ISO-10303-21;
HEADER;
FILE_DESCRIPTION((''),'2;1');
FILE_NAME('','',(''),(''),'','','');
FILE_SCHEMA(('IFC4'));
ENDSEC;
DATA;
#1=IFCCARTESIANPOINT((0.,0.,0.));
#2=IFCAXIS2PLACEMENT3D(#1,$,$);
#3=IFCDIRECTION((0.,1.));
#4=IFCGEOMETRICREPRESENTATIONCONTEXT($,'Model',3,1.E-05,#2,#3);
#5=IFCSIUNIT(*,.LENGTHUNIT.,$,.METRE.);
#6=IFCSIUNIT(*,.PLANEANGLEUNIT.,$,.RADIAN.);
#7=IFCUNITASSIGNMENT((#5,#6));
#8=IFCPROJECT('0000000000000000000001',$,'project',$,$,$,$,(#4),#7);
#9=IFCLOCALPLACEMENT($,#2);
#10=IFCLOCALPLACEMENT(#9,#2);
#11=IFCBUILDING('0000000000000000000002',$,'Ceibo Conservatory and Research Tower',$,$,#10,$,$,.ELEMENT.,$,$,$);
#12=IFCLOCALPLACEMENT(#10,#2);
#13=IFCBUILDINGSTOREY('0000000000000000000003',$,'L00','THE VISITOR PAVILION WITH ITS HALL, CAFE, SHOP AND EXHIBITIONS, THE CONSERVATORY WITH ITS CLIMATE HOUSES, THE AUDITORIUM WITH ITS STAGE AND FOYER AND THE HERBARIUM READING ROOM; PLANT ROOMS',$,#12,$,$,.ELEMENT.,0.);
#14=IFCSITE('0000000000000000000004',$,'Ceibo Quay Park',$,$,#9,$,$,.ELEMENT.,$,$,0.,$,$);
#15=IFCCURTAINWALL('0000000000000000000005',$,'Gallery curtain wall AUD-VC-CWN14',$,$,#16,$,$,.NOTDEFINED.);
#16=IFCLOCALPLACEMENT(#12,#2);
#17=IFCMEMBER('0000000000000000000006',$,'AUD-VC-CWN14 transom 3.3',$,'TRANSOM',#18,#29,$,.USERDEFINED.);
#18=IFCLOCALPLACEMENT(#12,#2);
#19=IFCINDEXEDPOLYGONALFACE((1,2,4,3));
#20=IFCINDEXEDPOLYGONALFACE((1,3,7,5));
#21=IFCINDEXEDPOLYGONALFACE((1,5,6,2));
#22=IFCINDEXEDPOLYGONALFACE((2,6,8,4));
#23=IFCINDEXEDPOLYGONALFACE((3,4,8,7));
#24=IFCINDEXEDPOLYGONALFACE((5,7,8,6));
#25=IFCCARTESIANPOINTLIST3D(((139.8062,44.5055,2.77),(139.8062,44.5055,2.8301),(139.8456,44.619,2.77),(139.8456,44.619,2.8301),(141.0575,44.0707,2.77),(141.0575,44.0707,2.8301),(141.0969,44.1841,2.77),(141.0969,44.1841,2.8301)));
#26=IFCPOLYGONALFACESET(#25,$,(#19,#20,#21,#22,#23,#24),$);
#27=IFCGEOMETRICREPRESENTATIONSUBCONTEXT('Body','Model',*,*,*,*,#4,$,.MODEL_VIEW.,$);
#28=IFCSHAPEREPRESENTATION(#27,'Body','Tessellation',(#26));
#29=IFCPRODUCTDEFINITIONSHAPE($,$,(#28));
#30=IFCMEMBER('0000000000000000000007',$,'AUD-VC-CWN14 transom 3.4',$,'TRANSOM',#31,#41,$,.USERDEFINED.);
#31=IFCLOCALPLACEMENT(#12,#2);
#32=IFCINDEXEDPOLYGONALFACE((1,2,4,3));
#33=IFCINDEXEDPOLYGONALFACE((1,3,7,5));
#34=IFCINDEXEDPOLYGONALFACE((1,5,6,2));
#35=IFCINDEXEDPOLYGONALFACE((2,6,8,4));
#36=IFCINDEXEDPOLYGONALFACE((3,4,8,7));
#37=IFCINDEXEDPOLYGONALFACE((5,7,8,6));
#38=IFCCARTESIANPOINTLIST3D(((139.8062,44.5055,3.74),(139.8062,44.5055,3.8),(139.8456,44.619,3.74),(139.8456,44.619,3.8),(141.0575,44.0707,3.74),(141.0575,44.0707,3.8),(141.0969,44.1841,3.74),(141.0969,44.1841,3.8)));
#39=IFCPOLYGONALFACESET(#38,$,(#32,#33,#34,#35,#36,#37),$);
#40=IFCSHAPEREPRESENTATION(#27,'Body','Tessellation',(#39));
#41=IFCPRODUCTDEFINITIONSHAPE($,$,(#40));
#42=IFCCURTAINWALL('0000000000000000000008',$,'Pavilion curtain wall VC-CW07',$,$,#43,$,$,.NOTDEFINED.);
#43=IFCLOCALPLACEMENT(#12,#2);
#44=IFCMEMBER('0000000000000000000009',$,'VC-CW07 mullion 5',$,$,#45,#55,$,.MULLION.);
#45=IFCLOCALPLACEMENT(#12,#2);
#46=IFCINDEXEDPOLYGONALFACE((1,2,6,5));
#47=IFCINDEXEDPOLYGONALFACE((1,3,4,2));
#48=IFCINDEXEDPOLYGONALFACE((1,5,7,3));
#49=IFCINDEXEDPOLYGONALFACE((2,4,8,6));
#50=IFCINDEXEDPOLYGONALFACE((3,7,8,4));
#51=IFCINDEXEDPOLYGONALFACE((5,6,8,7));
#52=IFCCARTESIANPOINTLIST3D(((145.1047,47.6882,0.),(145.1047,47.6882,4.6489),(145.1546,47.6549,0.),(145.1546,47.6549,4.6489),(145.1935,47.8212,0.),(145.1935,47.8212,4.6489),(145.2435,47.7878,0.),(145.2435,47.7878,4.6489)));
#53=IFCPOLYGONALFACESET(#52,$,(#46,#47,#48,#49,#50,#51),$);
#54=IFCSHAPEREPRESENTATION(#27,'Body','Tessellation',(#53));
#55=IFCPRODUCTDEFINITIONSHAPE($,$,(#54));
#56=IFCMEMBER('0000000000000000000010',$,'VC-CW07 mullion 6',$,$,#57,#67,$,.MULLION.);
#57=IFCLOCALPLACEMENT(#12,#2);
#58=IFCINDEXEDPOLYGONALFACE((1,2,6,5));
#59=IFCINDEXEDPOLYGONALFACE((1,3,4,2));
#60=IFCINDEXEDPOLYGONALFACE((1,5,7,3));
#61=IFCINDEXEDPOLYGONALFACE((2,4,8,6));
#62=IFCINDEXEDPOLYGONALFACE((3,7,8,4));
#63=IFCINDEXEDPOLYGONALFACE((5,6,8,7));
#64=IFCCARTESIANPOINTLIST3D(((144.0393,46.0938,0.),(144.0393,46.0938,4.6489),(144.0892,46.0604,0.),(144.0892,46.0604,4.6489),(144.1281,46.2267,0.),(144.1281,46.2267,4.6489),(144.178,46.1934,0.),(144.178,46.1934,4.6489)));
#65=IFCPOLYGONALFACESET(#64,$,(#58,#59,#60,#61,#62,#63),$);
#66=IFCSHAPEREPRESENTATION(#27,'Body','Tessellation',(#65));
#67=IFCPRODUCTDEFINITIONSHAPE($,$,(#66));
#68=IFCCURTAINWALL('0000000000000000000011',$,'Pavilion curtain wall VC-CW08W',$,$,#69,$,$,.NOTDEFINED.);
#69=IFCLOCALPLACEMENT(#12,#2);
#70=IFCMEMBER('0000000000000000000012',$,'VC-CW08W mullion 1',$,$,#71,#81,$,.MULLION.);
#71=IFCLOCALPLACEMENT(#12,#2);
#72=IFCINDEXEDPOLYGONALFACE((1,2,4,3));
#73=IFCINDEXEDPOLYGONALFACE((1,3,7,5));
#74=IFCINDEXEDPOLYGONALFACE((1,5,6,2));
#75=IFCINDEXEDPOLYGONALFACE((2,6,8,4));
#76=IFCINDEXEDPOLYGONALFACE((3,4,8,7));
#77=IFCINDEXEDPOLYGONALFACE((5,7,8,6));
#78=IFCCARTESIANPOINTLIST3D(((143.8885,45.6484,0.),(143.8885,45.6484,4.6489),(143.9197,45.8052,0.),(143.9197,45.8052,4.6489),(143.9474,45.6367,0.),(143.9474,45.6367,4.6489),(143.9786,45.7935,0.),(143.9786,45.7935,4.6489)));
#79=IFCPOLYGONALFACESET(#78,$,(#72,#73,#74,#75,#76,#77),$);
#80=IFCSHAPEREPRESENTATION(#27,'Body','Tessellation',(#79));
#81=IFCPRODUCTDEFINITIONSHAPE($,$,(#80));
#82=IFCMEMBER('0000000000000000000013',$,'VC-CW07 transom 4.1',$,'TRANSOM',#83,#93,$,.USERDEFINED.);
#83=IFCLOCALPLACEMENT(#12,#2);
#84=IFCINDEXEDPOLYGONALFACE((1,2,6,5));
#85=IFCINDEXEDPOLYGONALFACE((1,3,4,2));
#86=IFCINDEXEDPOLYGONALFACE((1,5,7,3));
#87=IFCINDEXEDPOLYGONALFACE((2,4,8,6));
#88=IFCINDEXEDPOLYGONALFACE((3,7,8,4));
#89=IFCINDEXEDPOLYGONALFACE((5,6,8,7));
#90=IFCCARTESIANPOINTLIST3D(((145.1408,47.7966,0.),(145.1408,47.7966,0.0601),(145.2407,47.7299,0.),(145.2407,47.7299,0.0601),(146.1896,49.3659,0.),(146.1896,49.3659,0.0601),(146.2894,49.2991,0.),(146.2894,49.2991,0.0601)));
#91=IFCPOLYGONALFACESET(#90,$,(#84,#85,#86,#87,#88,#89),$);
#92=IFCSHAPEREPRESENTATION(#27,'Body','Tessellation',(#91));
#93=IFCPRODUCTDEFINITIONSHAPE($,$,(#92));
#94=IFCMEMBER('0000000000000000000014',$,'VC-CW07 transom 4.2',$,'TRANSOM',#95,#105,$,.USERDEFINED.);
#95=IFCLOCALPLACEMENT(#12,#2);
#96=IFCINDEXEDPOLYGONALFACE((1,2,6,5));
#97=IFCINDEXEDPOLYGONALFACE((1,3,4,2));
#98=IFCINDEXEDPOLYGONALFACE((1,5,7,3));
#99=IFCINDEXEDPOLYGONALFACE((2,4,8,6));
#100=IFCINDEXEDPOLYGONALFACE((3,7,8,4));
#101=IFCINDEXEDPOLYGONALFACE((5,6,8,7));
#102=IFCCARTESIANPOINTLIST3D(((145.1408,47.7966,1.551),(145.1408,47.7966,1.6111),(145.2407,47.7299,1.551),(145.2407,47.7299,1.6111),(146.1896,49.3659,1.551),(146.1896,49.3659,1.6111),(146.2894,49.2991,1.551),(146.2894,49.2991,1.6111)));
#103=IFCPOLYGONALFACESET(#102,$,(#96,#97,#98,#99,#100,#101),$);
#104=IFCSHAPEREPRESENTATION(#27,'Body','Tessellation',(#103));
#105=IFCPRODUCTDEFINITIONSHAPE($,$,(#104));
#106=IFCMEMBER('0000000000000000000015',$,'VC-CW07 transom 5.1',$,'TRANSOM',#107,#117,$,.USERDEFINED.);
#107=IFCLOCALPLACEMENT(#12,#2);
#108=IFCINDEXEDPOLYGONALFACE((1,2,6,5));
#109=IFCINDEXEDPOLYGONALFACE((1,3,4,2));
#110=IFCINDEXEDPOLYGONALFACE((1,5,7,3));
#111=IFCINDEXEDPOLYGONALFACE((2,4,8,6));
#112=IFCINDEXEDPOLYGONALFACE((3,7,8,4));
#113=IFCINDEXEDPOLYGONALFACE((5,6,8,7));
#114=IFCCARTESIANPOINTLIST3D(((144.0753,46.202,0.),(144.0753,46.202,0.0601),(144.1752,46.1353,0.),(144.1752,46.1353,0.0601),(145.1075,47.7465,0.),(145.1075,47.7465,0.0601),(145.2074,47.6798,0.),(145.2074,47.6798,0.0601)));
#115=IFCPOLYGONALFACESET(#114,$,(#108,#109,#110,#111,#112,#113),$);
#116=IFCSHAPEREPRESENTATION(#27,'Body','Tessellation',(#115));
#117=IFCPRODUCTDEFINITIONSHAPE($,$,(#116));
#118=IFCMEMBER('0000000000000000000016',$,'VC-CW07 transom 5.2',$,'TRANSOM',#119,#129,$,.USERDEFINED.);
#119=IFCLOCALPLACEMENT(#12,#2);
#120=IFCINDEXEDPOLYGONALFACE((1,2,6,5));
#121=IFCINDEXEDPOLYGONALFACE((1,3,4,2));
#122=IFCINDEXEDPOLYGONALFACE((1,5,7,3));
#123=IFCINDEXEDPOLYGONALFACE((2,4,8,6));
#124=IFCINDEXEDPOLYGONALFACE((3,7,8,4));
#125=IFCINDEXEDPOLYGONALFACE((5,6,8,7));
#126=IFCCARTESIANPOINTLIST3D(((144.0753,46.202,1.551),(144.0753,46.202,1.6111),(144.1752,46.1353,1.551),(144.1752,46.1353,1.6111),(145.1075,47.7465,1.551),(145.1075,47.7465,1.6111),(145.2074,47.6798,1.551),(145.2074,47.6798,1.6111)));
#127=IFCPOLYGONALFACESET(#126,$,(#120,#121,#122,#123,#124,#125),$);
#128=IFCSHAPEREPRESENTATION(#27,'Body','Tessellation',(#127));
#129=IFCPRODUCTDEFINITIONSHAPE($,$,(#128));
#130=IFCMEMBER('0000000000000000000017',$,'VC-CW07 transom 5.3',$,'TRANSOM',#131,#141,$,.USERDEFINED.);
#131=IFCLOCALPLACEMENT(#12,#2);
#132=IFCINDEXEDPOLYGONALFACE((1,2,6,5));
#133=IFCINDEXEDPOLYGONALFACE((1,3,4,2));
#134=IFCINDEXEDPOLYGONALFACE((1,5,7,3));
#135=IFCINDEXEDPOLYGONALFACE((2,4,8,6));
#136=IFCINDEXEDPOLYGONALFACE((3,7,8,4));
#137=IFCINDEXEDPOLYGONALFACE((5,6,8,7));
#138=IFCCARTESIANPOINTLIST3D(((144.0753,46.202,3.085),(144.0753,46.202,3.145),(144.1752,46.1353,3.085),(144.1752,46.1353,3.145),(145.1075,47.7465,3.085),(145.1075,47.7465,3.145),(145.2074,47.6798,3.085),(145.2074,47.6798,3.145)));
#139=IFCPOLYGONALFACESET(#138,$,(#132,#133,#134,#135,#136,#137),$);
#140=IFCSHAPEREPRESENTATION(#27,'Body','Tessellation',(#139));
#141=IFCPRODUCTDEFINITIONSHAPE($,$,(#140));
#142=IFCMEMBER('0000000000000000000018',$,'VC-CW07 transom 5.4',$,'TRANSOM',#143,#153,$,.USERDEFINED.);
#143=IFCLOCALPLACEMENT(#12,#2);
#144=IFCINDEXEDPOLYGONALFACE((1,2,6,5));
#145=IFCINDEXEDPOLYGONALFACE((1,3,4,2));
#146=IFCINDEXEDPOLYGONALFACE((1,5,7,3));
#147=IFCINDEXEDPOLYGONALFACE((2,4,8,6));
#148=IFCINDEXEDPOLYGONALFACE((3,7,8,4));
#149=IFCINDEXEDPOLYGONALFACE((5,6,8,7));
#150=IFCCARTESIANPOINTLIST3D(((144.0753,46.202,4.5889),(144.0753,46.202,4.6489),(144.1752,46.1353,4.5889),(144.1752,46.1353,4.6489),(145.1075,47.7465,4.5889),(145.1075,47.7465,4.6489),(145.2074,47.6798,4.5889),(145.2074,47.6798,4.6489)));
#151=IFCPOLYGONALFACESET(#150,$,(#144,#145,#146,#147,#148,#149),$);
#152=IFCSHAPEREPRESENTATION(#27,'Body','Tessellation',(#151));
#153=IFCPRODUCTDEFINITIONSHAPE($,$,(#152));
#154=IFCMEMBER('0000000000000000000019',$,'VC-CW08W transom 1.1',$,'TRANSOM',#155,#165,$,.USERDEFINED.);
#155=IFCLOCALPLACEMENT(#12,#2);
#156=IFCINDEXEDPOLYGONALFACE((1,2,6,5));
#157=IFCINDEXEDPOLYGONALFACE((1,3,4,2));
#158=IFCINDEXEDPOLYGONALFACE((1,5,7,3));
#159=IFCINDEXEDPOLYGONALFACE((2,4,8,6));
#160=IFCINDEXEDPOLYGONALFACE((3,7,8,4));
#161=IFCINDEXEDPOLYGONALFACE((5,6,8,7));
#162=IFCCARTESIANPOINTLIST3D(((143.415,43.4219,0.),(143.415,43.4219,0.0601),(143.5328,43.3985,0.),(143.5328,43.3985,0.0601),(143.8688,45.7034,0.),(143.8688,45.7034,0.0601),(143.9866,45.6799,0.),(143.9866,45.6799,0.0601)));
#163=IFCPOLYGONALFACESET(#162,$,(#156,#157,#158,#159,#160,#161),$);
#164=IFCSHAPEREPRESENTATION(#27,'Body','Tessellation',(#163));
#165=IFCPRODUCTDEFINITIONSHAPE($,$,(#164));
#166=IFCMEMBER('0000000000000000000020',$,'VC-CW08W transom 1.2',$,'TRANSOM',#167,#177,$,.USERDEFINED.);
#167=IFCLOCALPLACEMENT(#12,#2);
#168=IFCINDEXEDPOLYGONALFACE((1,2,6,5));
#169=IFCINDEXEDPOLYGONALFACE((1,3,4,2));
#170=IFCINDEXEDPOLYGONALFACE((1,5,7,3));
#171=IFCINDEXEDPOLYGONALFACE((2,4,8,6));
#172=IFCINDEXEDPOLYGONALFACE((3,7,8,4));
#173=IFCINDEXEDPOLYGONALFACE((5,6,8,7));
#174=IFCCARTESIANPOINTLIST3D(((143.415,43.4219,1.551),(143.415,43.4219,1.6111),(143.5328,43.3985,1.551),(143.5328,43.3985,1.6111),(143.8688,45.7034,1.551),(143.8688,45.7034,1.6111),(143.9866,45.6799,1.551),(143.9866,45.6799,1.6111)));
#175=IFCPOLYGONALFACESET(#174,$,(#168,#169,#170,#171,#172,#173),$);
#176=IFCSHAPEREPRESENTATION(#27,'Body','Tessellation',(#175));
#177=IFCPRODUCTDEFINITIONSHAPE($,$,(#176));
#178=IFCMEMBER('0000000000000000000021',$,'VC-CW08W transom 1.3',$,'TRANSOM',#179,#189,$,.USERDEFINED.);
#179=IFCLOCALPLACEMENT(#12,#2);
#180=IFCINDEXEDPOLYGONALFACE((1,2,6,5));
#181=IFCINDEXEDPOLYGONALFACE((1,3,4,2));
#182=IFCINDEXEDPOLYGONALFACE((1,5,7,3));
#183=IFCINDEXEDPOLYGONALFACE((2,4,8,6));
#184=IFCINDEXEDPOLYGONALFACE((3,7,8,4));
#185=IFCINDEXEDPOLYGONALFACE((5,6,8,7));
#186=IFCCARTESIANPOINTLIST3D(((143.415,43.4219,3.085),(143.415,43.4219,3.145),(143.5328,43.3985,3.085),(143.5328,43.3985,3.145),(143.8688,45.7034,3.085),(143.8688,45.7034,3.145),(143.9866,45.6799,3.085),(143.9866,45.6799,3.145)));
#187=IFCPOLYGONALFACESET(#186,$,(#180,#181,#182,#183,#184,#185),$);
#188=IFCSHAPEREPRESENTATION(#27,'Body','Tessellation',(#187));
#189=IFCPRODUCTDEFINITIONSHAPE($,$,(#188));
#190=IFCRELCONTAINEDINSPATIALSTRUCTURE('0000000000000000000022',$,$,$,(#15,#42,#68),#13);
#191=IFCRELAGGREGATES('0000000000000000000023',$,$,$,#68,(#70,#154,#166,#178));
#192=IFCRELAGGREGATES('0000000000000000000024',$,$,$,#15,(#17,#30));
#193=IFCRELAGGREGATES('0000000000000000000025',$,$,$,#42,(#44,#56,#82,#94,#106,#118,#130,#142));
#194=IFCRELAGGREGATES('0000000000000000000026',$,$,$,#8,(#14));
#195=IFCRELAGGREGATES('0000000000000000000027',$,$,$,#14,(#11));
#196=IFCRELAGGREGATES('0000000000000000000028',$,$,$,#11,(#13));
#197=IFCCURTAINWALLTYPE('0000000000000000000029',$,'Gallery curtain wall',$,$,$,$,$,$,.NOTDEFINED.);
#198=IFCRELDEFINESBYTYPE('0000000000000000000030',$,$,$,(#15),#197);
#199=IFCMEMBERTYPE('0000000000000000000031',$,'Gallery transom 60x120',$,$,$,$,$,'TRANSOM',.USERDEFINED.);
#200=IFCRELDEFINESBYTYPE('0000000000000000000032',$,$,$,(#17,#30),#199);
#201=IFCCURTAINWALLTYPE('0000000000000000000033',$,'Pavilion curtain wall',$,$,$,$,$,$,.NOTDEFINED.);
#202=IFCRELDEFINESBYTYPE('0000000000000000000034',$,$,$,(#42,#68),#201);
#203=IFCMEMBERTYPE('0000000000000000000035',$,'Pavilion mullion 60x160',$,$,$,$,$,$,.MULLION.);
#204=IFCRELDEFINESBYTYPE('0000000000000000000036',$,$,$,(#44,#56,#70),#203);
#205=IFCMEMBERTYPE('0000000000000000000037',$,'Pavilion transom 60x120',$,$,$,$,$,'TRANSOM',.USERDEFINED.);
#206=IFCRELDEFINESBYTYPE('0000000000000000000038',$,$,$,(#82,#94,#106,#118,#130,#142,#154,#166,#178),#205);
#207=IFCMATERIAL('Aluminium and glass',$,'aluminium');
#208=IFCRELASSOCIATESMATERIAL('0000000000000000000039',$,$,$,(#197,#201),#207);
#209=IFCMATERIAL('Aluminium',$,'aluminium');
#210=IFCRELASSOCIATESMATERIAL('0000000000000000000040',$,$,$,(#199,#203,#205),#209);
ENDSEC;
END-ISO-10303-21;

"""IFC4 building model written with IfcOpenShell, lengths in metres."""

from ifc_helpers import new_model, si_unit, direction, frame, origin, origin_2d, place, context, subcontext, project, spatial, rectangle, extrude, material, material_profile, profile_set, type_object, element, aggregate, save


model = new_model("IFC4")

# Units and contexts
model_context = context("Model", 3, precision=1e-05, world=origin(), true_north=direction((0.0, 1.0)))
body_context = subcontext(model_context, "Body", "Model", "MODEL_VIEW")
ifc_project = project(units=[si_unit("LENGTHUNIT", "METRE"), si_unit("PLANEANGLEUNIT", "RADIAN")], contexts=[model_context])

# Site, building, storey
site_placement = place(None, origin())
site = spatial("IfcSite", under=ifc_project, at=site_placement, Name="Ceibo Quay Park", CompositionType="ELEMENT", RefElevation=0.0)
building_placement = place(site_placement, origin())
building = spatial("IfcBuilding", under=site, at=building_placement, Name="Ceibo Conservatory and Research Tower", CompositionType="ELEMENT")
storey_placement = place(building_placement, origin())
storey = spatial("IfcBuildingStorey", under=building, at=storey_placement, Name="L00", Description="THE VISITOR PAVILION WITH ITS HALL, CAFE, SHOP AND EXHIBITIONS, THE CONSERVATORY WITH ITS CLIMATE HOUSES, THE AUDITORIUM WITH ITS STAGE AND FOYER AND THE HERBARIUM READING ROOM; PLANT ROOMS", CompositionType="ELEMENT", Elevation=0.0)

# Curtain walls, members
ifc_material_1 = material(Name="Aluminium and glass", Category="aluminium")
curtain_wall_type_1 = type_object("IfcCurtainWallType", Name="Gallery curtain wall", PredefinedType="NOTDEFINED", material=ifc_material_1)
curtain_wall_1_placement = place(storey_placement, origin())
curtain_wall_1 = element("IfcCurtainWall", 1, at=curtain_wall_1_placement, inside=storey, type_object=curtain_wall_type_1, Name="Gallery curtain wall AUD-VC-CWN14", PredefinedType="NOTDEFINED")
ifc_material_2 = material(Name="Aluminium", Category="aluminium")
ifc_material_profile_1 = material_profile(ifc_material_2, rectangle(XDim=0.1201, YDim=0.0601, at=origin_2d()), Name="AL 60x120")
ifc_profile_set_1 = profile_set([ifc_material_profile_1], Name="Aluminium")
member_type_1 = type_object("IfcMemberType", Name="Gallery transom 60x120", ElementType="TRANSOM", PredefinedType="USERDEFINED", material=ifc_profile_set_1)
member_1_placement = place(storey_placement, frame((139.8259, 44.5623, 2.8), z_axis=(0.944589, -0.328256, 0.0), x_axis=(0.328256, 0.944589, 0.0)))
member_1 = element("IfcMember", 2, at=member_1_placement, type_object=member_type_1, Name="AUD-VC-CWN14 transom 3.3", ObjectType="TRANSOM", PredefinedType="USERDEFINED", context=body_context, shape_type="SweptSolid", body=[
    extrude(rectangle(XDim=0.1201, YDim=0.0601, at=origin_2d()), origin(), (0.0, 0.0, 1.0), 1.3247),
])
member_2_placement = place(storey_placement, frame((139.8259, 44.5623, 3.77), z_axis=(0.944589, -0.328256, 0.0), x_axis=(0.328256, 0.944589, 0.0)))
member_2 = element("IfcMember", 3, at=member_2_placement, type_object=member_type_1, Name="AUD-VC-CWN14 transom 3.4", ObjectType="TRANSOM", PredefinedType="USERDEFINED", context=body_context, shape_type="SweptSolid", body=[
    extrude(rectangle(XDim=0.1201, YDim=0.0601, at=origin_2d()), origin(), (0.0, 0.0, 1.0), 1.3247),
])
curtain_wall_type_2 = type_object("IfcCurtainWallType", Name="Pavilion curtain wall", PredefinedType="NOTDEFINED", material=ifc_material_1)
curtain_wall_2_placement = place(storey_placement, origin())
curtain_wall_2 = element("IfcCurtainWall", 4, at=curtain_wall_2_placement, inside=storey, type_object=curtain_wall_type_2, Name="Pavilion curtain wall VC-CW07", PredefinedType="NOTDEFINED")
ifc_material_profile_2 = material_profile(ifc_material_2, rectangle(XDim=0.0601, YDim=0.1599, at=origin_2d()), Name="AL 60x160")
ifc_profile_set_2 = profile_set([ifc_material_profile_2], Name="Aluminium")
member_type_2 = type_object("IfcMemberType", Name="Pavilion mullion 60x160", PredefinedType="MULLION", material=ifc_profile_set_2)
member_3_placement = place(storey_placement, frame((145.1741, 47.738, 0.0), z_axis=(0.0, 0.0, 1.0), x_axis=(0.83147, -0.55557, 0.0)))
member_3 = element("IfcMember", 5, at=member_3_placement, type_object=member_type_2, Name="VC-CW07 mullion 5", PredefinedType="MULLION", context=body_context, shape_type="SweptSolid", body=[
    extrude(rectangle(XDim=0.0601, YDim=0.1599, at=origin_2d()), origin(), (0.0, 0.0, 1.0), 4.6489),
])
member_4_placement = place(storey_placement, frame((144.1086, 46.1436, 0.0), z_axis=(0.0, 0.0, 1.0), x_axis=(0.83147, -0.55557, 0.0)))
member_4 = element("IfcMember", 6, at=member_4_placement, type_object=member_type_2, Name="VC-CW07 mullion 6", PredefinedType="MULLION", context=body_context, shape_type="SweptSolid", body=[
    extrude(rectangle(XDim=0.0601, YDim=0.1599, at=origin_2d()), origin(), (0.0, 0.0, 1.0), 4.6489),
])

# Curtain wall, member
curtain_wall_3_placement = place(storey_placement, origin())
curtain_wall_3 = element("IfcCurtainWall", 7, at=curtain_wall_3_placement, inside=storey, type_object=curtain_wall_type_2, Name="Pavilion curtain wall VC-CW08W", PredefinedType="NOTDEFINED")
member_5_placement = place(storey_placement, frame((143.9336, 45.7209, 0.0), z_axis=(0.0, 0.0, 1.0), x_axis=(0.980785, -0.19509, 0.0)))
member_5 = element("IfcMember", 8, at=member_5_placement, type_object=member_type_2, Name="VC-CW08W mullion 1", PredefinedType="MULLION", context=body_context, shape_type="SweptSolid", body=[
    extrude(rectangle(XDim=0.0601, YDim=0.1599, at=origin_2d()), origin(), (0.0, 0.0, 1.0), 4.6489),
])

# Members
ifc_material_profile_3 = material_profile(ifc_material_2, rectangle(XDim=0.1201, YDim=0.0601, at=origin_2d()), Name="AL 60x120")
ifc_profile_set_3 = profile_set([ifc_material_profile_3], Name="Aluminium")
member_type_3 = type_object("IfcMemberType", Name="Pavilion transom 60x120", ElementType="TRANSOM", PredefinedType="USERDEFINED", material=ifc_profile_set_3)
member_6_placement = place(storey_placement, frame((146.2395, 49.3325, 0.03), z_axis=(-0.555655, -0.831413, 0.0), x_axis=(0.831413, -0.555655, 0.0)))
member_6 = element("IfcMember", 9, at=member_6_placement, type_object=member_type_3, Name="VC-CW07 transom 4.1", ObjectType="TRANSOM", PredefinedType="USERDEFINED", context=body_context, shape_type="SweptSolid", body=[
    extrude(rectangle(XDim=0.1201, YDim=0.0601, at=origin_2d()), origin(), (0.0, 0.0, 1.0), 1.8875),
])
member_7_placement = place(storey_placement, frame((146.2395, 49.3325, 1.5811), z_axis=(-0.555655, -0.831413, 0.0), x_axis=(0.831413, -0.555655, 0.0)))
member_7 = element("IfcMember", 10, at=member_7_placement, type_object=member_type_3, Name="VC-CW07 transom 4.2", ObjectType="TRANSOM", PredefinedType="USERDEFINED", context=body_context, shape_type="SweptSolid", body=[
    extrude(rectangle(XDim=0.1201, YDim=0.0601, at=origin_2d()), origin(), (0.0, 0.0, 1.0), 1.8875),
])
member_8_placement = place(storey_placement, frame((145.1575, 47.7131, 0.03), z_axis=(-0.55567, -0.831403, 0.0), x_axis=(0.831403, -0.55567, 0.0)))
member_8 = element("IfcMember", 11, at=member_8_placement, type_object=member_type_3, Name="VC-CW07 transom 5.1", ObjectType="TRANSOM", PredefinedType="USERDEFINED", context=body_context, shape_type="SweptSolid", body=[
    extrude(rectangle(XDim=0.1201, YDim=0.0601, at=origin_2d()), origin(), (0.0, 0.0, 1.0), 1.8577),
])
member_9_placement = place(storey_placement, frame((145.1575, 47.7131, 1.5811), z_axis=(-0.55567, -0.831403, 0.0), x_axis=(0.831403, -0.55567, 0.0)))
member_9 = element("IfcMember", 12, at=member_9_placement, type_object=member_type_3, Name="VC-CW07 transom 5.2", ObjectType="TRANSOM", PredefinedType="USERDEFINED", context=body_context, shape_type="SweptSolid", body=[
    extrude(rectangle(XDim=0.1201, YDim=0.0601, at=origin_2d()), origin(), (0.0, 0.0, 1.0), 1.8577),
])
member_10_placement = place(storey_placement, frame((145.1575, 47.7131, 3.115), z_axis=(-0.55567, -0.831403, 0.0), x_axis=(0.831403, -0.55567, 0.0)))
member_10 = element("IfcMember", 13, at=member_10_placement, type_object=member_type_3, Name="VC-CW07 transom 5.3", ObjectType="TRANSOM", PredefinedType="USERDEFINED", context=body_context, shape_type="SweptSolid", body=[
    extrude(rectangle(XDim=0.1201, YDim=0.0601, at=origin_2d()), origin(), (0.0, 0.0, 1.0), 1.8577),
])
member_11_placement = place(storey_placement, frame((145.1575, 47.7131, 4.6189), z_axis=(-0.55567, -0.831403, 0.0), x_axis=(0.831403, -0.55567, 0.0)))
member_11 = element("IfcMember", 14, at=member_11_placement, type_object=member_type_3, Name="VC-CW07 transom 5.4", ObjectType="TRANSOM", PredefinedType="USERDEFINED", context=body_context, shape_type="SweptSolid", body=[
    extrude(rectangle(XDim=0.1201, YDim=0.0601, at=origin_2d()), origin(), (0.0, 0.0, 1.0), 1.8577),
])
member_12_placement = place(storey_placement, frame((143.9277, 45.6917, 0.03), z_axis=(-0.195107, -0.980782, 0.0), x_axis=(0.980782, -0.195107, 0.0)))
member_12 = element("IfcMember", 15, at=member_12_placement, type_object=member_type_3, Name="VC-CW08W transom 1.1", ObjectType="TRANSOM", PredefinedType="USERDEFINED", context=body_context, shape_type="SweptSolid", body=[
    extrude(rectangle(XDim=0.1201, YDim=0.0601, at=origin_2d()), origin(), (0.0, 0.0, 1.0), 2.3262),
])
member_13_placement = place(storey_placement, frame((143.9277, 45.6917, 1.5811), z_axis=(-0.195107, -0.980782, 0.0), x_axis=(0.980782, -0.195107, 0.0)))
member_13 = element("IfcMember", 16, at=member_13_placement, type_object=member_type_3, Name="VC-CW08W transom 1.2", ObjectType="TRANSOM", PredefinedType="USERDEFINED", context=body_context, shape_type="SweptSolid", body=[
    extrude(rectangle(XDim=0.1201, YDim=0.0601, at=origin_2d()), origin(), (0.0, 0.0, 1.0), 2.3262),
])
member_14_placement = place(storey_placement, frame((143.9277, 45.6917, 3.115), z_axis=(-0.195107, -0.980782, 0.0), x_axis=(0.980782, -0.195107, 0.0)))
member_14 = element("IfcMember", 17, at=member_14_placement, type_object=member_type_3, Name="VC-CW08W transom 1.3", ObjectType="TRANSOM", PredefinedType="USERDEFINED", context=body_context, shape_type="SweptSolid", body=[
    extrude(rectangle(XDim=0.1201, YDim=0.0601, at=origin_2d()), origin(), (0.0, 0.0, 1.0), 2.3262),
])
aggregate(curtain_wall_3, [member_5, member_12, member_13, member_14])

aggregate(curtain_wall_1, [member_1, member_2])
aggregate(curtain_wall_2, [member_3, member_4, member_6, member_7, member_8, member_9, member_10, member_11])

save(model, "model.ifc")
